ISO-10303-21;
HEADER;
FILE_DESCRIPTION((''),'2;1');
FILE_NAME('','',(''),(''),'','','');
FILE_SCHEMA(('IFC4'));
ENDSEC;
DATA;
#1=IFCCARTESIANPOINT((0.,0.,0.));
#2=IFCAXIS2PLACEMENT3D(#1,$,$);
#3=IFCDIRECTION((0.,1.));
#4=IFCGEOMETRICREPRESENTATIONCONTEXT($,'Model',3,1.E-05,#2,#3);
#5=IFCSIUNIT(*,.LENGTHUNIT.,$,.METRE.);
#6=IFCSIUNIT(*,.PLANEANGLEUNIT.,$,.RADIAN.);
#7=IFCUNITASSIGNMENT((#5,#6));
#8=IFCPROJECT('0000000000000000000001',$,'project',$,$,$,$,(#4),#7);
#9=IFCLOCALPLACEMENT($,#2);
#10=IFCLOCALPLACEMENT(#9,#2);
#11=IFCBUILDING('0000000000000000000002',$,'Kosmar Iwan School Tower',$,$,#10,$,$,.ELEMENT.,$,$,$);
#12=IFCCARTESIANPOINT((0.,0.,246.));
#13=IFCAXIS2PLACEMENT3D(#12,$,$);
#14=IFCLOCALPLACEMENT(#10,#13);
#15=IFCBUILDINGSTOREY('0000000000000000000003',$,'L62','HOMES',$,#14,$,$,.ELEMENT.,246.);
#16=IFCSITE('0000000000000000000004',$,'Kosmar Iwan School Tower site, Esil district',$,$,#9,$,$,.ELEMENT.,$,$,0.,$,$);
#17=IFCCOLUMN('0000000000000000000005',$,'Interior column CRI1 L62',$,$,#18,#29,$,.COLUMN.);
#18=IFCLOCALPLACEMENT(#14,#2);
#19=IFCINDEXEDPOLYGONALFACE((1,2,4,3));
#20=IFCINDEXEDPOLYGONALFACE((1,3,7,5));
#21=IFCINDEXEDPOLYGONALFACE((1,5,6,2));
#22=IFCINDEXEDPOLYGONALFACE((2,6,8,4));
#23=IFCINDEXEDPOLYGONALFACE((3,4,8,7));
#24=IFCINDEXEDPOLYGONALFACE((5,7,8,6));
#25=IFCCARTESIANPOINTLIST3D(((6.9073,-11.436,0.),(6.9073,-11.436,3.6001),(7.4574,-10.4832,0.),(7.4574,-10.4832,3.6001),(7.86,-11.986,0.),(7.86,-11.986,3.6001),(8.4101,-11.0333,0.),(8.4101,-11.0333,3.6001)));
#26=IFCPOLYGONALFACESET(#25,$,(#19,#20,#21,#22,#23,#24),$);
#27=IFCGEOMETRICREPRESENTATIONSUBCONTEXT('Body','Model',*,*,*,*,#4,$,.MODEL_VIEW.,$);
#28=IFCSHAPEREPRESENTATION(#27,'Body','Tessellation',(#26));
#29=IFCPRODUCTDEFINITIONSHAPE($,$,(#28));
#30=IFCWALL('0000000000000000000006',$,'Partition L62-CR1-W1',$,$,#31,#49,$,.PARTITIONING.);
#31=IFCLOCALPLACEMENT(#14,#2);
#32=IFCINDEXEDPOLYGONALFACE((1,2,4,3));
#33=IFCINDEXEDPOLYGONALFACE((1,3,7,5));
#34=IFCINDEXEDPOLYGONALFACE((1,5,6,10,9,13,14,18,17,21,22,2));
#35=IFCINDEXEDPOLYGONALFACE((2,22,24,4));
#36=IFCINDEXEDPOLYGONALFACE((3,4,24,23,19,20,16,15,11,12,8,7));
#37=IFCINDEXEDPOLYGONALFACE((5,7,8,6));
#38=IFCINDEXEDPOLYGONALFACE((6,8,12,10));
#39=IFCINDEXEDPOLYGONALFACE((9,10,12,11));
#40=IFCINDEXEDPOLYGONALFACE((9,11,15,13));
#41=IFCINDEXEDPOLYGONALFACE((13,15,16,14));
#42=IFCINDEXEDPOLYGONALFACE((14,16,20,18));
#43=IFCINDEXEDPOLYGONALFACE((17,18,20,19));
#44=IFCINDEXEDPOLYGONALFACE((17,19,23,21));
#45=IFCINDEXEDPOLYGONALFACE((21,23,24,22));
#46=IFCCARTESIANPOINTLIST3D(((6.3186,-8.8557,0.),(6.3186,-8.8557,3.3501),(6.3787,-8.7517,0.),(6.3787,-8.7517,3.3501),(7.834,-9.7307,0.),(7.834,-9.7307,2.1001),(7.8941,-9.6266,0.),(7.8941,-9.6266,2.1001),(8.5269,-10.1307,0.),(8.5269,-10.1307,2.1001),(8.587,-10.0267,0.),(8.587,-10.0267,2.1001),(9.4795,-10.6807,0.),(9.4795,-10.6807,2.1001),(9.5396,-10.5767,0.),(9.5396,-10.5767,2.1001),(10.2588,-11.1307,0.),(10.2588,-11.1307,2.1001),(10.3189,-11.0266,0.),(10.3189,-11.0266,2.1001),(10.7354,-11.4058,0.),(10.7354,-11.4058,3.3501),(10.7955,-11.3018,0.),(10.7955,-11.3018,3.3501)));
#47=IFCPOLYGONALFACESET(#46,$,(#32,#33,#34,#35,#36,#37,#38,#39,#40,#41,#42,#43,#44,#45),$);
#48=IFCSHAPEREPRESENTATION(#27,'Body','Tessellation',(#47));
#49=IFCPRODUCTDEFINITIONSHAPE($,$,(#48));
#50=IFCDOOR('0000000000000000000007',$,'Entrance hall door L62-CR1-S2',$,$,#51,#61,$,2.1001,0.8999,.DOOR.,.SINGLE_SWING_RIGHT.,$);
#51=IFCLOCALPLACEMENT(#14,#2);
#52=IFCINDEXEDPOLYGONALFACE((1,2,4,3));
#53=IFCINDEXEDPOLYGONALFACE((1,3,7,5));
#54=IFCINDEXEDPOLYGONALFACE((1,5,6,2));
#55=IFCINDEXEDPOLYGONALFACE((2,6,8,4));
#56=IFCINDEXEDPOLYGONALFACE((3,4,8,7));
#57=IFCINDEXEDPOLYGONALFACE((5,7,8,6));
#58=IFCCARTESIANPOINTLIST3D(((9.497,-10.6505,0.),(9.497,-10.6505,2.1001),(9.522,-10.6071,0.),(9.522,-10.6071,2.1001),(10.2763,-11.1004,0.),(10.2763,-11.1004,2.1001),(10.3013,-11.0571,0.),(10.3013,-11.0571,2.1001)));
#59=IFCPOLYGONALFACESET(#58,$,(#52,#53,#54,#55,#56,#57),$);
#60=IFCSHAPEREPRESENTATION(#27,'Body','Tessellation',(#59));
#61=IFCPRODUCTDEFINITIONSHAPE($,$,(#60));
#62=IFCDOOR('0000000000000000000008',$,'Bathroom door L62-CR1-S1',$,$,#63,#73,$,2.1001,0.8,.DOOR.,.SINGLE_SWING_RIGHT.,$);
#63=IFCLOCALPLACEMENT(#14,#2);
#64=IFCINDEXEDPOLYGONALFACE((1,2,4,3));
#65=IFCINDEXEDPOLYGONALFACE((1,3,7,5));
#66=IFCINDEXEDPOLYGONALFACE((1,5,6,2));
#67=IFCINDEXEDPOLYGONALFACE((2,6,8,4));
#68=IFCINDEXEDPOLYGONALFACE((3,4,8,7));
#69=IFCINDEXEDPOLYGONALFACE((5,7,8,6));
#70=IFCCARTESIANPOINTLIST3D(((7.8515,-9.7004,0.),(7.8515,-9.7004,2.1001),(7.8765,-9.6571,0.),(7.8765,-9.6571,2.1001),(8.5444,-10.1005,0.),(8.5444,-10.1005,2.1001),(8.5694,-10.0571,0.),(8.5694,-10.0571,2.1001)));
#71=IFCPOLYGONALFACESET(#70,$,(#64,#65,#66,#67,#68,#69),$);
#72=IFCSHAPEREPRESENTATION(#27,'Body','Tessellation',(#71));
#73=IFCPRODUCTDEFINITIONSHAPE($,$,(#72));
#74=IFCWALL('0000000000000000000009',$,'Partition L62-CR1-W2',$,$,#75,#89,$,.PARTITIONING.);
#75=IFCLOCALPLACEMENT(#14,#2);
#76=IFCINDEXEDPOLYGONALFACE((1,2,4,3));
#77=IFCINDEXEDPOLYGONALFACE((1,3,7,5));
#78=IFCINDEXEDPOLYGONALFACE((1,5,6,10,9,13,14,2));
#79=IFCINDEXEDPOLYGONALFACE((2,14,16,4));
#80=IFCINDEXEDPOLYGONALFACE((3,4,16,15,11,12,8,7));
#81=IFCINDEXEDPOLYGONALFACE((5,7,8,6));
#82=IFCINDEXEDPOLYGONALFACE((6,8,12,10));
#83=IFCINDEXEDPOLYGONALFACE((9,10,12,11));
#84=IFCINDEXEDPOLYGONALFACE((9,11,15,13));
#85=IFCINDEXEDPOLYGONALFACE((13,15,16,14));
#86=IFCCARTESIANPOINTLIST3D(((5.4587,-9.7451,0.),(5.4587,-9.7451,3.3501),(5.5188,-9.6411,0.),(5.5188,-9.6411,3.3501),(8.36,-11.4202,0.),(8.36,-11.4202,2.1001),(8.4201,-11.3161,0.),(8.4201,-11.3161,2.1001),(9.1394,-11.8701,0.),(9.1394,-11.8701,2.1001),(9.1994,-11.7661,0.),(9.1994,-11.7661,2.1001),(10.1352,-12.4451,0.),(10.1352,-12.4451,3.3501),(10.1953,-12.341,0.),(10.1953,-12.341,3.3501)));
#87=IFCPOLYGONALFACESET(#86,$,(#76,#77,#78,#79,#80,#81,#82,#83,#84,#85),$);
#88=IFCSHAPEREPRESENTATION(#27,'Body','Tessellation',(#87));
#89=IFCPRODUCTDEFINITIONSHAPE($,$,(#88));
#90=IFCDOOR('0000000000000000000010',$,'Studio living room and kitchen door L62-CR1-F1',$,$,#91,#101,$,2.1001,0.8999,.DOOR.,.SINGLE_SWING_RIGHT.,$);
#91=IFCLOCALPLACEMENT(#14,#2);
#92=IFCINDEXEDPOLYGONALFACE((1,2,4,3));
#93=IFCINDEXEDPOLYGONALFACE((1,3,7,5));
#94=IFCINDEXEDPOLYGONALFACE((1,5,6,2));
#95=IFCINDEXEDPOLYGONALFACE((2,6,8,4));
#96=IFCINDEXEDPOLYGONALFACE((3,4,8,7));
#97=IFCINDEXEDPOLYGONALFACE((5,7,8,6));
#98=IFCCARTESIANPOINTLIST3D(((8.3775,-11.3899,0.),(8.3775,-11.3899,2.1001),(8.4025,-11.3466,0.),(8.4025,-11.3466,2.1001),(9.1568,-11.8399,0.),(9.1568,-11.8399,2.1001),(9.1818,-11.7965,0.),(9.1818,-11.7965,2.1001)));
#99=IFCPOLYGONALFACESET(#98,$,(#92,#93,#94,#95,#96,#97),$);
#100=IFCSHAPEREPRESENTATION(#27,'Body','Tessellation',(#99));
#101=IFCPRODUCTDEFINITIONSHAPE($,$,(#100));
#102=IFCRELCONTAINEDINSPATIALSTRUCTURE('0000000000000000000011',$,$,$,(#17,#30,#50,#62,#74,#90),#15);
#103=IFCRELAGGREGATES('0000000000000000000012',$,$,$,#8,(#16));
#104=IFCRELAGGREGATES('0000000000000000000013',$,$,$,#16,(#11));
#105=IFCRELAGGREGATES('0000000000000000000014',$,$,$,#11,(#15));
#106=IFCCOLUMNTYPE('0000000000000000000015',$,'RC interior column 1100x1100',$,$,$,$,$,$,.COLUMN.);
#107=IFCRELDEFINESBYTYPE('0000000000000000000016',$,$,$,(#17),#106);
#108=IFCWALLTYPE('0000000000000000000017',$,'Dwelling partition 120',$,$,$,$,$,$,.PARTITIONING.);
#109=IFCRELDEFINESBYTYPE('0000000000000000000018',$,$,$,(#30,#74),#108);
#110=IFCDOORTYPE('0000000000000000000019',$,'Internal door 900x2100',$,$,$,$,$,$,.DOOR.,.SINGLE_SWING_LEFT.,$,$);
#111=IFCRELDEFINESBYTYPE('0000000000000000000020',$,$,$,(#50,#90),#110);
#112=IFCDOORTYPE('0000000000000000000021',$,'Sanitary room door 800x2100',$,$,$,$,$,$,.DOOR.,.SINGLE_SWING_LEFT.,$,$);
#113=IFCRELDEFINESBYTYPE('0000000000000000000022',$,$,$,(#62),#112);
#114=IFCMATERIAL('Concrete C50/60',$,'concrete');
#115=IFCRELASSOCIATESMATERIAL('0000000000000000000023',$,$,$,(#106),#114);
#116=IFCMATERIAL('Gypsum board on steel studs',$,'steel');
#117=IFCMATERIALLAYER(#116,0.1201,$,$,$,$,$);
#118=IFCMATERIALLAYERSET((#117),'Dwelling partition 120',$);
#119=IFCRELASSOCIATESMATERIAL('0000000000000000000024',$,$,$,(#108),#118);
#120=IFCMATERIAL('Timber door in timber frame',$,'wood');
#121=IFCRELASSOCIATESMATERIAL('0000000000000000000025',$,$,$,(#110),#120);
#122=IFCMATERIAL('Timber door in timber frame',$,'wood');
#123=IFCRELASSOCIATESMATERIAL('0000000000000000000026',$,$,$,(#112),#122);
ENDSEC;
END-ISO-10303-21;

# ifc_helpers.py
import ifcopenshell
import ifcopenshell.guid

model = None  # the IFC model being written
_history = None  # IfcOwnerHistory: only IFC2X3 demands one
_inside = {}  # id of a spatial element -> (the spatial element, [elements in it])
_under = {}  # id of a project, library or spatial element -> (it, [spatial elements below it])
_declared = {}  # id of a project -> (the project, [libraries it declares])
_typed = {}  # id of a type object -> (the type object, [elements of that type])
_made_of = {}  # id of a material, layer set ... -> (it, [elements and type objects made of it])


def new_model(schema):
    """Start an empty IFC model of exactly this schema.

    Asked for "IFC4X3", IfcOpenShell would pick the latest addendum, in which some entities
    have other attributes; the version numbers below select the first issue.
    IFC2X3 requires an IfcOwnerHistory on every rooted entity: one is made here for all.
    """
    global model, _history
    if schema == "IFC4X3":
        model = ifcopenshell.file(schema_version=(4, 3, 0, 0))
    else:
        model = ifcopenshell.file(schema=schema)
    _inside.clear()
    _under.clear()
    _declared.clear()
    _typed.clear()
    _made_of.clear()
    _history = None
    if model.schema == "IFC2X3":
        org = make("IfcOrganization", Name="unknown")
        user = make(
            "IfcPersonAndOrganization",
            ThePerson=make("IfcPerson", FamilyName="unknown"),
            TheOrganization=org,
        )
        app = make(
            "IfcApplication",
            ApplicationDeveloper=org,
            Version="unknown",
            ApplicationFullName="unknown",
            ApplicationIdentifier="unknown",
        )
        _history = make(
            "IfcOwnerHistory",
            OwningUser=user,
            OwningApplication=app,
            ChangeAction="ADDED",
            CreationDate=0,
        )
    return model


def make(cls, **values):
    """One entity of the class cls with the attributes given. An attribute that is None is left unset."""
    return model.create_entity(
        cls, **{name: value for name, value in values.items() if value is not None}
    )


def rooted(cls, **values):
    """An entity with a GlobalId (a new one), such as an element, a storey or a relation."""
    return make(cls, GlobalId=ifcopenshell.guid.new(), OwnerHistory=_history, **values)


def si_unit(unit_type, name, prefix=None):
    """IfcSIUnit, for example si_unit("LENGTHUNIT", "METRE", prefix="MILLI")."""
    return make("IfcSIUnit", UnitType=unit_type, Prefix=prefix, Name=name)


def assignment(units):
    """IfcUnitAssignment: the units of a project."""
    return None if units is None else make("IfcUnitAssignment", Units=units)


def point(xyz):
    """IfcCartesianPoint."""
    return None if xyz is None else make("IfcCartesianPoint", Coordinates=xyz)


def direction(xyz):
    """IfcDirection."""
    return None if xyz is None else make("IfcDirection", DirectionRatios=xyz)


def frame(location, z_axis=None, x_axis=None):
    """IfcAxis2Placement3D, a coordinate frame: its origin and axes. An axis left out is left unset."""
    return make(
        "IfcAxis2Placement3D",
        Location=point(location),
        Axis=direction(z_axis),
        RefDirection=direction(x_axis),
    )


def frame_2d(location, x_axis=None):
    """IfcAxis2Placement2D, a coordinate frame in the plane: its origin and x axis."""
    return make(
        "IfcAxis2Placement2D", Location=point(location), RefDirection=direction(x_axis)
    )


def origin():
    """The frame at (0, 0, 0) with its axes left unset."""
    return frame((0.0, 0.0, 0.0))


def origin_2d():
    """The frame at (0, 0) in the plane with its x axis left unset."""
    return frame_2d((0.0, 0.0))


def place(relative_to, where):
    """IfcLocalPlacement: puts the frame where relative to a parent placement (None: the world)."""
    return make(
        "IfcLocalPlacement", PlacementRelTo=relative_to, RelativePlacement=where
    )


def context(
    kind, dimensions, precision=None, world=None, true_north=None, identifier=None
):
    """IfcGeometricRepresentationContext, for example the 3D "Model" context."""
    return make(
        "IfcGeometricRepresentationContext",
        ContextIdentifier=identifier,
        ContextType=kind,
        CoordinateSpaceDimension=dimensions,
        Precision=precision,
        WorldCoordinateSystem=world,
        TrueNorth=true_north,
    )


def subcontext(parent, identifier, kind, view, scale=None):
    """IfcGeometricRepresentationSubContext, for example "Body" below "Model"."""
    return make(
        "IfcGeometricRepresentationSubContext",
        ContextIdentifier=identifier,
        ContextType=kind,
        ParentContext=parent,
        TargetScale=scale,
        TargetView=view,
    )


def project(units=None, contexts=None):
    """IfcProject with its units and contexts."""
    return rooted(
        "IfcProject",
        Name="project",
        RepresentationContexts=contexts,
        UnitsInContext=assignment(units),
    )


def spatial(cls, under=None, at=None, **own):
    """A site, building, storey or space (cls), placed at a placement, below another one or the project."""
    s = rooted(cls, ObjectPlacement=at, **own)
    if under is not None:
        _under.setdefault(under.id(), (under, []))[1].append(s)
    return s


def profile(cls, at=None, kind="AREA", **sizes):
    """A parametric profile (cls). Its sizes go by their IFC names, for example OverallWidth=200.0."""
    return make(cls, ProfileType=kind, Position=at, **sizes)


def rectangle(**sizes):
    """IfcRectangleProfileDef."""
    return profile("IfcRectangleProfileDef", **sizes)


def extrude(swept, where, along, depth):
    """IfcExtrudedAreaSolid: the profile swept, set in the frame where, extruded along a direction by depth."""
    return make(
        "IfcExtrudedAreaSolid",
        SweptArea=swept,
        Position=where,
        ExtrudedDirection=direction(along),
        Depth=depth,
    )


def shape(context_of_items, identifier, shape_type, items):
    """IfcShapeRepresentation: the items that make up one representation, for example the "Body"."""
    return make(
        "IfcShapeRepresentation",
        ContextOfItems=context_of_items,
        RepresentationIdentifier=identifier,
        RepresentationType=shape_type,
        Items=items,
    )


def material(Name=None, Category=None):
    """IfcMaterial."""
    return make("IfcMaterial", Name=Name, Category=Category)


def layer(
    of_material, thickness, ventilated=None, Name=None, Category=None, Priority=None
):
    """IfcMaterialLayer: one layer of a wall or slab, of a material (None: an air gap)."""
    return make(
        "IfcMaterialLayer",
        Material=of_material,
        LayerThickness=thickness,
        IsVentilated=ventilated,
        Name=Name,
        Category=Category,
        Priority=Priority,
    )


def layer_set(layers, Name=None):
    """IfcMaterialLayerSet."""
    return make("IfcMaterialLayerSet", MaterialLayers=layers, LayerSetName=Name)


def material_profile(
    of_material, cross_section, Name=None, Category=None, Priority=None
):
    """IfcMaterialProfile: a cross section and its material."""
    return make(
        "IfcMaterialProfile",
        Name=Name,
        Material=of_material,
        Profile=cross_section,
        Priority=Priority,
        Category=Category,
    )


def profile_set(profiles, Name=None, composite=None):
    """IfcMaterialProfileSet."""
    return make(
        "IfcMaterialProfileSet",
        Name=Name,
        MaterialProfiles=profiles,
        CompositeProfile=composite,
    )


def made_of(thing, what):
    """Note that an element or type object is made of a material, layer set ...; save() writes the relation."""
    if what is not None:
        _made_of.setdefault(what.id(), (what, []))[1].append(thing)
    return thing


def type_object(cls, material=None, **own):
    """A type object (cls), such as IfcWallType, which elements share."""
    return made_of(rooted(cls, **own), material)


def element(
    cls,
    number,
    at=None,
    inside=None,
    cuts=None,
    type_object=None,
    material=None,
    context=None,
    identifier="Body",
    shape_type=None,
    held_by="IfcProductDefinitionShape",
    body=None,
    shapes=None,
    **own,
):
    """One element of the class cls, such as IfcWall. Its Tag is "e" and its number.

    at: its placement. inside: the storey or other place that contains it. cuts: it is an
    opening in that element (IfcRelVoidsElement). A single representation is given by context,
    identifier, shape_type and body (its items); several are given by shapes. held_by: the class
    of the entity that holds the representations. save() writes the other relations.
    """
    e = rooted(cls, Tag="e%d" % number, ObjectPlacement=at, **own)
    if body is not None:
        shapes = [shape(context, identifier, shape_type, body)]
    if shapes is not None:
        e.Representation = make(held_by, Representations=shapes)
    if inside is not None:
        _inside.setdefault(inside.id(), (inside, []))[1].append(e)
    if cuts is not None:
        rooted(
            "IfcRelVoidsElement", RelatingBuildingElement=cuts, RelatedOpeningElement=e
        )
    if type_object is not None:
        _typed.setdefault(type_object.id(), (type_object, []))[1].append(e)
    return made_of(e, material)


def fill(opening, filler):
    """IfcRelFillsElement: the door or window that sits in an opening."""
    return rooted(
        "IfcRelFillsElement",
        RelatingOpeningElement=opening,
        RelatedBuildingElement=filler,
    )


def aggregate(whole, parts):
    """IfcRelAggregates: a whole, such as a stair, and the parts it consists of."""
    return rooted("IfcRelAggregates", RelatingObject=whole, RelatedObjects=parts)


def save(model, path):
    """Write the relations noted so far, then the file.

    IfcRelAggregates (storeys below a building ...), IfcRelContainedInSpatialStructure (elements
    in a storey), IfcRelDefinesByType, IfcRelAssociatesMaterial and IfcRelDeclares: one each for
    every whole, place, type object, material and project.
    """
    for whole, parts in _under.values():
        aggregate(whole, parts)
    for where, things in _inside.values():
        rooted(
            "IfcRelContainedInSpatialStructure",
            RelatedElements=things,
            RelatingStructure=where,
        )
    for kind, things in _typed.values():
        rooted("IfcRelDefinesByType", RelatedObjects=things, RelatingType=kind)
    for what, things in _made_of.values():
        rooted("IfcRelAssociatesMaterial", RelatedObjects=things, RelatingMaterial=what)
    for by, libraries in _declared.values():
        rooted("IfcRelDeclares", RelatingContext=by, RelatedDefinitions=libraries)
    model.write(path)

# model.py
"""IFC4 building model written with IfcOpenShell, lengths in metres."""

from ifc_helpers import new_model, si_unit, direction, frame, frame_2d, origin, origin_2d, place, context, subcontext, project, spatial, rectangle, extrude, material, layer, layer_set, material_profile, profile_set, type_object, element, fill, save


model = new_model("IFC4")

# Units and contexts
model_context = context("Model", 3, precision=1e-05, world=origin(), true_north=direction((0.0, 1.0)))
body_context = subcontext(model_context, "Body", "Model", "MODEL_VIEW")
ifc_project = project(units=[si_unit("LENGTHUNIT", "METRE"), si_unit("PLANEANGLEUNIT", "RADIAN")], contexts=[model_context])

# Site, building, storey
site_placement = place(None, origin())
site = spatial("IfcSite", under=ifc_project, at=site_placement, Name="Kosmar Iwan School Tower site, Esil district", CompositionType="ELEMENT", RefElevation=0.0)
building_placement = place(site_placement, origin())
building = spatial("IfcBuilding", under=site, at=building_placement, Name="Kosmar Iwan School Tower", CompositionType="ELEMENT")
storey_placement = place(building_placement, frame((0.0, 0.0, 246.0)))
storey = spatial("IfcBuildingStorey", under=building, at=storey_placement, Name="L62", Description="HOMES", CompositionType="ELEMENT", Elevation=246.0)

# Column
ifc_material_1 = material(Name="Concrete C50/60", Category="concrete")
ifc_material_profile = material_profile(ifc_material_1, rectangle(XDim=1.1001, YDim=1.1001, at=origin_2d()), Name="RC 1100x1100")
ifc_profile_set = profile_set([ifc_material_profile], Name="Concrete C50/60")
column_type = type_object("IfcColumnType", Name="RC interior column 1100x1100", PredefinedType="COLUMN", material=ifc_profile_set)
column_placement = place(storey_placement, frame((7.6587, -11.2346, 0.0), z_axis=(0.0, 0.0, 1.0), x_axis=(0.866025, -0.5, 0.0)))
element("IfcColumn", 1, at=column_placement, inside=storey, type_object=column_type, Name="Interior column CRI1 L62", PredefinedType="COLUMN", context=body_context, shape_type="SweptSolid", body=[
    extrude(rectangle(XDim=1.1001, YDim=1.1001, at=origin_2d()), origin(), (0.0, 0.0, 1.0), 3.6001),
])

# Wall, openings, doors
ifc_material_2 = material(Name="Gypsum board on steel studs", Category="steel")
ifc_layer = layer(ifc_material_2, 0.1201)
ifc_layer_set = layer_set([ifc_layer], Name="Dwelling partition 120")
wall_type = type_object("IfcWallType", Name="Dwelling partition 120", PredefinedType="PARTITIONING", material=ifc_layer_set)
wall_1_placement = place(storey_placement, frame((6.3486, -8.8037, 0.0), z_axis=(0.0, 0.0, 1.0), x_axis=(0.866022, -0.500006, 0.0)))
wall_1 = element("IfcWall", 2, at=wall_1_placement, inside=storey, type_object=wall_type, Name="Partition L62-CR1-W1", PredefinedType="PARTITIONING", context=body_context, shape_type="SweptSolid", body=[
    extrude(rectangle(XDim=5.1001, YDim=0.1201, at=frame_2d((2.55, 0.0))), origin(), (0.0, 0.0, 1.0), 3.3501),
])
opening_1_placement = place(wall_1_placement, frame((1.75, 0.0, 0.0)))
opening_1 = element("IfcOpeningElement", 3, at=opening_1_placement, cuts=wall_1, PredefinedType="OPENING", context=body_context, shape_type="SweptSolid", body=[
    extrude(rectangle(XDim=0.8, YDim=2.1001, at=frame_2d((0.3999, 1.05))), frame((0.0, 0.072, 0.0), z_axis=(0.0, -1.0, 0.0), x_axis=(1.0, 0.0, 0.0)), (0.0, 0.0, 1.0), 0.144),
])
opening_2_placement = place(wall_1_placement, frame((3.6499, 0.0, 0.0)))
opening_2 = element("IfcOpeningElement", 4, at=opening_2_placement, cuts=wall_1, PredefinedType="OPENING", context=body_context, shape_type="SweptSolid", body=[
    extrude(rectangle(XDim=0.8999, YDim=2.1001, at=frame_2d((0.45, 1.05))), frame((0.0, 0.072, 0.0), z_axis=(0.0, -1.0, 0.0), x_axis=(1.0, 0.0, 0.0)), (0.0, 0.0, 1.0), 0.144),
])
ifc_material_3 = material(Name="Timber door in timber frame", Category="wood")
door_type_1 = type_object("IfcDoorType", Name="Internal door 900x2100", OperationType="SINGLE_SWING_LEFT", PredefinedType="DOOR", material=ifc_material_3)
door_1_placement = place(opening_2_placement, origin())
door_1 = element("IfcDoor", 5, at=door_1_placement, inside=storey, type_object=door_type_1, Name="Entrance hall door L62-CR1-S2", OperationType="SINGLE_SWING_RIGHT", OverallHeight=2.1001, OverallWidth=0.8999, PredefinedType="DOOR", context=body_context, shape_type="SweptSolid", body=[
    extrude(rectangle(XDim=0.8999, YDim=2.1001, at=frame_2d((0.45, 1.05))), frame((0.0, 0.0249, 0.0), z_axis=(0.0, -1.0, 0.0), x_axis=(1.0, 0.0, 0.0)), (0.0, 0.0, 1.0), 0.05),
])
fill(opening_2, door_1)
ifc_material_4 = material(Name="Timber door in timber frame", Category="wood")
door_type_2 = type_object("IfcDoorType", Name="Sanitary room door 800x2100", OperationType="SINGLE_SWING_LEFT", PredefinedType="DOOR", material=ifc_material_4)
door_2_placement = place(opening_1_placement, origin())
door_2 = element("IfcDoor", 6, at=door_2_placement, inside=storey, type_object=door_type_2, Name="Bathroom door L62-CR1-S1", OperationType="SINGLE_SWING_RIGHT", OverallHeight=2.1001, OverallWidth=0.8, PredefinedType="DOOR", context=body_context, shape_type="SweptSolid", body=[
    extrude(rectangle(XDim=0.8, YDim=2.1001, at=frame_2d((0.3999, 1.05))), frame((0.0, 0.0249, 0.0), z_axis=(0.0, -1.0, 0.0), x_axis=(1.0, 0.0, 0.0)), (0.0, 0.0, 1.0), 0.05),
])
fill(opening_1, door_2)

# Wall, opening, door
wall_2_placement = place(storey_placement, frame((5.4888, -9.6931, 0.0), z_axis=(0.0, 0.0, 1.0), x_axis=(0.866028, -0.499995, 0.0)))
wall_2 = element("IfcWall", 7, at=wall_2_placement, inside=storey, type_object=wall_type, Name="Partition L62-CR1-W2", PredefinedType="PARTITIONING", context=body_context, shape_type="SweptSolid", body=[
    extrude(rectangle(XDim=5.3999, YDim=0.1201, at=frame_2d((2.7, 0.0))), origin(), (0.0, 0.0, 1.0), 3.3501),
])
opening_3_placement = place(wall_2_placement, frame((3.3501, 0.0, 0.0)))
opening_3 = element("IfcOpeningElement", 8, at=opening_3_placement, cuts=wall_2, PredefinedType="OPENING", context=body_context, shape_type="SweptSolid", body=[
    extrude(rectangle(XDim=0.8999, YDim=2.1001, at=frame_2d((0.45, 1.05))), frame((0.0, 0.072, 0.0), z_axis=(0.0, -1.0, 0.0), x_axis=(1.0, 0.0, 0.0)), (0.0, 0.0, 1.0), 0.144),
])
door_3_placement = place(opening_3_placement, origin())
door_3 = element("IfcDoor", 9, at=door_3_placement, inside=storey, type_object=door_type_1, Name="Studio living room and kitchen door L62-CR1-F1", OperationType="SINGLE_SWING_RIGHT", OverallHeight=2.1001, OverallWidth=0.8999, PredefinedType="DOOR", context=body_context, shape_type="SweptSolid", body=[
    extrude(rectangle(XDim=0.8999, YDim=2.1001, at=frame_2d((0.45, 1.05))), frame((0.0, 0.0249, 0.0), z_axis=(0.0, -1.0, 0.0), x_axis=(1.0, 0.0, 0.0)), (0.0, 0.0, 1.0), 0.05),
])
fill(opening_3, door_3)

save(model, "model.ifc")
